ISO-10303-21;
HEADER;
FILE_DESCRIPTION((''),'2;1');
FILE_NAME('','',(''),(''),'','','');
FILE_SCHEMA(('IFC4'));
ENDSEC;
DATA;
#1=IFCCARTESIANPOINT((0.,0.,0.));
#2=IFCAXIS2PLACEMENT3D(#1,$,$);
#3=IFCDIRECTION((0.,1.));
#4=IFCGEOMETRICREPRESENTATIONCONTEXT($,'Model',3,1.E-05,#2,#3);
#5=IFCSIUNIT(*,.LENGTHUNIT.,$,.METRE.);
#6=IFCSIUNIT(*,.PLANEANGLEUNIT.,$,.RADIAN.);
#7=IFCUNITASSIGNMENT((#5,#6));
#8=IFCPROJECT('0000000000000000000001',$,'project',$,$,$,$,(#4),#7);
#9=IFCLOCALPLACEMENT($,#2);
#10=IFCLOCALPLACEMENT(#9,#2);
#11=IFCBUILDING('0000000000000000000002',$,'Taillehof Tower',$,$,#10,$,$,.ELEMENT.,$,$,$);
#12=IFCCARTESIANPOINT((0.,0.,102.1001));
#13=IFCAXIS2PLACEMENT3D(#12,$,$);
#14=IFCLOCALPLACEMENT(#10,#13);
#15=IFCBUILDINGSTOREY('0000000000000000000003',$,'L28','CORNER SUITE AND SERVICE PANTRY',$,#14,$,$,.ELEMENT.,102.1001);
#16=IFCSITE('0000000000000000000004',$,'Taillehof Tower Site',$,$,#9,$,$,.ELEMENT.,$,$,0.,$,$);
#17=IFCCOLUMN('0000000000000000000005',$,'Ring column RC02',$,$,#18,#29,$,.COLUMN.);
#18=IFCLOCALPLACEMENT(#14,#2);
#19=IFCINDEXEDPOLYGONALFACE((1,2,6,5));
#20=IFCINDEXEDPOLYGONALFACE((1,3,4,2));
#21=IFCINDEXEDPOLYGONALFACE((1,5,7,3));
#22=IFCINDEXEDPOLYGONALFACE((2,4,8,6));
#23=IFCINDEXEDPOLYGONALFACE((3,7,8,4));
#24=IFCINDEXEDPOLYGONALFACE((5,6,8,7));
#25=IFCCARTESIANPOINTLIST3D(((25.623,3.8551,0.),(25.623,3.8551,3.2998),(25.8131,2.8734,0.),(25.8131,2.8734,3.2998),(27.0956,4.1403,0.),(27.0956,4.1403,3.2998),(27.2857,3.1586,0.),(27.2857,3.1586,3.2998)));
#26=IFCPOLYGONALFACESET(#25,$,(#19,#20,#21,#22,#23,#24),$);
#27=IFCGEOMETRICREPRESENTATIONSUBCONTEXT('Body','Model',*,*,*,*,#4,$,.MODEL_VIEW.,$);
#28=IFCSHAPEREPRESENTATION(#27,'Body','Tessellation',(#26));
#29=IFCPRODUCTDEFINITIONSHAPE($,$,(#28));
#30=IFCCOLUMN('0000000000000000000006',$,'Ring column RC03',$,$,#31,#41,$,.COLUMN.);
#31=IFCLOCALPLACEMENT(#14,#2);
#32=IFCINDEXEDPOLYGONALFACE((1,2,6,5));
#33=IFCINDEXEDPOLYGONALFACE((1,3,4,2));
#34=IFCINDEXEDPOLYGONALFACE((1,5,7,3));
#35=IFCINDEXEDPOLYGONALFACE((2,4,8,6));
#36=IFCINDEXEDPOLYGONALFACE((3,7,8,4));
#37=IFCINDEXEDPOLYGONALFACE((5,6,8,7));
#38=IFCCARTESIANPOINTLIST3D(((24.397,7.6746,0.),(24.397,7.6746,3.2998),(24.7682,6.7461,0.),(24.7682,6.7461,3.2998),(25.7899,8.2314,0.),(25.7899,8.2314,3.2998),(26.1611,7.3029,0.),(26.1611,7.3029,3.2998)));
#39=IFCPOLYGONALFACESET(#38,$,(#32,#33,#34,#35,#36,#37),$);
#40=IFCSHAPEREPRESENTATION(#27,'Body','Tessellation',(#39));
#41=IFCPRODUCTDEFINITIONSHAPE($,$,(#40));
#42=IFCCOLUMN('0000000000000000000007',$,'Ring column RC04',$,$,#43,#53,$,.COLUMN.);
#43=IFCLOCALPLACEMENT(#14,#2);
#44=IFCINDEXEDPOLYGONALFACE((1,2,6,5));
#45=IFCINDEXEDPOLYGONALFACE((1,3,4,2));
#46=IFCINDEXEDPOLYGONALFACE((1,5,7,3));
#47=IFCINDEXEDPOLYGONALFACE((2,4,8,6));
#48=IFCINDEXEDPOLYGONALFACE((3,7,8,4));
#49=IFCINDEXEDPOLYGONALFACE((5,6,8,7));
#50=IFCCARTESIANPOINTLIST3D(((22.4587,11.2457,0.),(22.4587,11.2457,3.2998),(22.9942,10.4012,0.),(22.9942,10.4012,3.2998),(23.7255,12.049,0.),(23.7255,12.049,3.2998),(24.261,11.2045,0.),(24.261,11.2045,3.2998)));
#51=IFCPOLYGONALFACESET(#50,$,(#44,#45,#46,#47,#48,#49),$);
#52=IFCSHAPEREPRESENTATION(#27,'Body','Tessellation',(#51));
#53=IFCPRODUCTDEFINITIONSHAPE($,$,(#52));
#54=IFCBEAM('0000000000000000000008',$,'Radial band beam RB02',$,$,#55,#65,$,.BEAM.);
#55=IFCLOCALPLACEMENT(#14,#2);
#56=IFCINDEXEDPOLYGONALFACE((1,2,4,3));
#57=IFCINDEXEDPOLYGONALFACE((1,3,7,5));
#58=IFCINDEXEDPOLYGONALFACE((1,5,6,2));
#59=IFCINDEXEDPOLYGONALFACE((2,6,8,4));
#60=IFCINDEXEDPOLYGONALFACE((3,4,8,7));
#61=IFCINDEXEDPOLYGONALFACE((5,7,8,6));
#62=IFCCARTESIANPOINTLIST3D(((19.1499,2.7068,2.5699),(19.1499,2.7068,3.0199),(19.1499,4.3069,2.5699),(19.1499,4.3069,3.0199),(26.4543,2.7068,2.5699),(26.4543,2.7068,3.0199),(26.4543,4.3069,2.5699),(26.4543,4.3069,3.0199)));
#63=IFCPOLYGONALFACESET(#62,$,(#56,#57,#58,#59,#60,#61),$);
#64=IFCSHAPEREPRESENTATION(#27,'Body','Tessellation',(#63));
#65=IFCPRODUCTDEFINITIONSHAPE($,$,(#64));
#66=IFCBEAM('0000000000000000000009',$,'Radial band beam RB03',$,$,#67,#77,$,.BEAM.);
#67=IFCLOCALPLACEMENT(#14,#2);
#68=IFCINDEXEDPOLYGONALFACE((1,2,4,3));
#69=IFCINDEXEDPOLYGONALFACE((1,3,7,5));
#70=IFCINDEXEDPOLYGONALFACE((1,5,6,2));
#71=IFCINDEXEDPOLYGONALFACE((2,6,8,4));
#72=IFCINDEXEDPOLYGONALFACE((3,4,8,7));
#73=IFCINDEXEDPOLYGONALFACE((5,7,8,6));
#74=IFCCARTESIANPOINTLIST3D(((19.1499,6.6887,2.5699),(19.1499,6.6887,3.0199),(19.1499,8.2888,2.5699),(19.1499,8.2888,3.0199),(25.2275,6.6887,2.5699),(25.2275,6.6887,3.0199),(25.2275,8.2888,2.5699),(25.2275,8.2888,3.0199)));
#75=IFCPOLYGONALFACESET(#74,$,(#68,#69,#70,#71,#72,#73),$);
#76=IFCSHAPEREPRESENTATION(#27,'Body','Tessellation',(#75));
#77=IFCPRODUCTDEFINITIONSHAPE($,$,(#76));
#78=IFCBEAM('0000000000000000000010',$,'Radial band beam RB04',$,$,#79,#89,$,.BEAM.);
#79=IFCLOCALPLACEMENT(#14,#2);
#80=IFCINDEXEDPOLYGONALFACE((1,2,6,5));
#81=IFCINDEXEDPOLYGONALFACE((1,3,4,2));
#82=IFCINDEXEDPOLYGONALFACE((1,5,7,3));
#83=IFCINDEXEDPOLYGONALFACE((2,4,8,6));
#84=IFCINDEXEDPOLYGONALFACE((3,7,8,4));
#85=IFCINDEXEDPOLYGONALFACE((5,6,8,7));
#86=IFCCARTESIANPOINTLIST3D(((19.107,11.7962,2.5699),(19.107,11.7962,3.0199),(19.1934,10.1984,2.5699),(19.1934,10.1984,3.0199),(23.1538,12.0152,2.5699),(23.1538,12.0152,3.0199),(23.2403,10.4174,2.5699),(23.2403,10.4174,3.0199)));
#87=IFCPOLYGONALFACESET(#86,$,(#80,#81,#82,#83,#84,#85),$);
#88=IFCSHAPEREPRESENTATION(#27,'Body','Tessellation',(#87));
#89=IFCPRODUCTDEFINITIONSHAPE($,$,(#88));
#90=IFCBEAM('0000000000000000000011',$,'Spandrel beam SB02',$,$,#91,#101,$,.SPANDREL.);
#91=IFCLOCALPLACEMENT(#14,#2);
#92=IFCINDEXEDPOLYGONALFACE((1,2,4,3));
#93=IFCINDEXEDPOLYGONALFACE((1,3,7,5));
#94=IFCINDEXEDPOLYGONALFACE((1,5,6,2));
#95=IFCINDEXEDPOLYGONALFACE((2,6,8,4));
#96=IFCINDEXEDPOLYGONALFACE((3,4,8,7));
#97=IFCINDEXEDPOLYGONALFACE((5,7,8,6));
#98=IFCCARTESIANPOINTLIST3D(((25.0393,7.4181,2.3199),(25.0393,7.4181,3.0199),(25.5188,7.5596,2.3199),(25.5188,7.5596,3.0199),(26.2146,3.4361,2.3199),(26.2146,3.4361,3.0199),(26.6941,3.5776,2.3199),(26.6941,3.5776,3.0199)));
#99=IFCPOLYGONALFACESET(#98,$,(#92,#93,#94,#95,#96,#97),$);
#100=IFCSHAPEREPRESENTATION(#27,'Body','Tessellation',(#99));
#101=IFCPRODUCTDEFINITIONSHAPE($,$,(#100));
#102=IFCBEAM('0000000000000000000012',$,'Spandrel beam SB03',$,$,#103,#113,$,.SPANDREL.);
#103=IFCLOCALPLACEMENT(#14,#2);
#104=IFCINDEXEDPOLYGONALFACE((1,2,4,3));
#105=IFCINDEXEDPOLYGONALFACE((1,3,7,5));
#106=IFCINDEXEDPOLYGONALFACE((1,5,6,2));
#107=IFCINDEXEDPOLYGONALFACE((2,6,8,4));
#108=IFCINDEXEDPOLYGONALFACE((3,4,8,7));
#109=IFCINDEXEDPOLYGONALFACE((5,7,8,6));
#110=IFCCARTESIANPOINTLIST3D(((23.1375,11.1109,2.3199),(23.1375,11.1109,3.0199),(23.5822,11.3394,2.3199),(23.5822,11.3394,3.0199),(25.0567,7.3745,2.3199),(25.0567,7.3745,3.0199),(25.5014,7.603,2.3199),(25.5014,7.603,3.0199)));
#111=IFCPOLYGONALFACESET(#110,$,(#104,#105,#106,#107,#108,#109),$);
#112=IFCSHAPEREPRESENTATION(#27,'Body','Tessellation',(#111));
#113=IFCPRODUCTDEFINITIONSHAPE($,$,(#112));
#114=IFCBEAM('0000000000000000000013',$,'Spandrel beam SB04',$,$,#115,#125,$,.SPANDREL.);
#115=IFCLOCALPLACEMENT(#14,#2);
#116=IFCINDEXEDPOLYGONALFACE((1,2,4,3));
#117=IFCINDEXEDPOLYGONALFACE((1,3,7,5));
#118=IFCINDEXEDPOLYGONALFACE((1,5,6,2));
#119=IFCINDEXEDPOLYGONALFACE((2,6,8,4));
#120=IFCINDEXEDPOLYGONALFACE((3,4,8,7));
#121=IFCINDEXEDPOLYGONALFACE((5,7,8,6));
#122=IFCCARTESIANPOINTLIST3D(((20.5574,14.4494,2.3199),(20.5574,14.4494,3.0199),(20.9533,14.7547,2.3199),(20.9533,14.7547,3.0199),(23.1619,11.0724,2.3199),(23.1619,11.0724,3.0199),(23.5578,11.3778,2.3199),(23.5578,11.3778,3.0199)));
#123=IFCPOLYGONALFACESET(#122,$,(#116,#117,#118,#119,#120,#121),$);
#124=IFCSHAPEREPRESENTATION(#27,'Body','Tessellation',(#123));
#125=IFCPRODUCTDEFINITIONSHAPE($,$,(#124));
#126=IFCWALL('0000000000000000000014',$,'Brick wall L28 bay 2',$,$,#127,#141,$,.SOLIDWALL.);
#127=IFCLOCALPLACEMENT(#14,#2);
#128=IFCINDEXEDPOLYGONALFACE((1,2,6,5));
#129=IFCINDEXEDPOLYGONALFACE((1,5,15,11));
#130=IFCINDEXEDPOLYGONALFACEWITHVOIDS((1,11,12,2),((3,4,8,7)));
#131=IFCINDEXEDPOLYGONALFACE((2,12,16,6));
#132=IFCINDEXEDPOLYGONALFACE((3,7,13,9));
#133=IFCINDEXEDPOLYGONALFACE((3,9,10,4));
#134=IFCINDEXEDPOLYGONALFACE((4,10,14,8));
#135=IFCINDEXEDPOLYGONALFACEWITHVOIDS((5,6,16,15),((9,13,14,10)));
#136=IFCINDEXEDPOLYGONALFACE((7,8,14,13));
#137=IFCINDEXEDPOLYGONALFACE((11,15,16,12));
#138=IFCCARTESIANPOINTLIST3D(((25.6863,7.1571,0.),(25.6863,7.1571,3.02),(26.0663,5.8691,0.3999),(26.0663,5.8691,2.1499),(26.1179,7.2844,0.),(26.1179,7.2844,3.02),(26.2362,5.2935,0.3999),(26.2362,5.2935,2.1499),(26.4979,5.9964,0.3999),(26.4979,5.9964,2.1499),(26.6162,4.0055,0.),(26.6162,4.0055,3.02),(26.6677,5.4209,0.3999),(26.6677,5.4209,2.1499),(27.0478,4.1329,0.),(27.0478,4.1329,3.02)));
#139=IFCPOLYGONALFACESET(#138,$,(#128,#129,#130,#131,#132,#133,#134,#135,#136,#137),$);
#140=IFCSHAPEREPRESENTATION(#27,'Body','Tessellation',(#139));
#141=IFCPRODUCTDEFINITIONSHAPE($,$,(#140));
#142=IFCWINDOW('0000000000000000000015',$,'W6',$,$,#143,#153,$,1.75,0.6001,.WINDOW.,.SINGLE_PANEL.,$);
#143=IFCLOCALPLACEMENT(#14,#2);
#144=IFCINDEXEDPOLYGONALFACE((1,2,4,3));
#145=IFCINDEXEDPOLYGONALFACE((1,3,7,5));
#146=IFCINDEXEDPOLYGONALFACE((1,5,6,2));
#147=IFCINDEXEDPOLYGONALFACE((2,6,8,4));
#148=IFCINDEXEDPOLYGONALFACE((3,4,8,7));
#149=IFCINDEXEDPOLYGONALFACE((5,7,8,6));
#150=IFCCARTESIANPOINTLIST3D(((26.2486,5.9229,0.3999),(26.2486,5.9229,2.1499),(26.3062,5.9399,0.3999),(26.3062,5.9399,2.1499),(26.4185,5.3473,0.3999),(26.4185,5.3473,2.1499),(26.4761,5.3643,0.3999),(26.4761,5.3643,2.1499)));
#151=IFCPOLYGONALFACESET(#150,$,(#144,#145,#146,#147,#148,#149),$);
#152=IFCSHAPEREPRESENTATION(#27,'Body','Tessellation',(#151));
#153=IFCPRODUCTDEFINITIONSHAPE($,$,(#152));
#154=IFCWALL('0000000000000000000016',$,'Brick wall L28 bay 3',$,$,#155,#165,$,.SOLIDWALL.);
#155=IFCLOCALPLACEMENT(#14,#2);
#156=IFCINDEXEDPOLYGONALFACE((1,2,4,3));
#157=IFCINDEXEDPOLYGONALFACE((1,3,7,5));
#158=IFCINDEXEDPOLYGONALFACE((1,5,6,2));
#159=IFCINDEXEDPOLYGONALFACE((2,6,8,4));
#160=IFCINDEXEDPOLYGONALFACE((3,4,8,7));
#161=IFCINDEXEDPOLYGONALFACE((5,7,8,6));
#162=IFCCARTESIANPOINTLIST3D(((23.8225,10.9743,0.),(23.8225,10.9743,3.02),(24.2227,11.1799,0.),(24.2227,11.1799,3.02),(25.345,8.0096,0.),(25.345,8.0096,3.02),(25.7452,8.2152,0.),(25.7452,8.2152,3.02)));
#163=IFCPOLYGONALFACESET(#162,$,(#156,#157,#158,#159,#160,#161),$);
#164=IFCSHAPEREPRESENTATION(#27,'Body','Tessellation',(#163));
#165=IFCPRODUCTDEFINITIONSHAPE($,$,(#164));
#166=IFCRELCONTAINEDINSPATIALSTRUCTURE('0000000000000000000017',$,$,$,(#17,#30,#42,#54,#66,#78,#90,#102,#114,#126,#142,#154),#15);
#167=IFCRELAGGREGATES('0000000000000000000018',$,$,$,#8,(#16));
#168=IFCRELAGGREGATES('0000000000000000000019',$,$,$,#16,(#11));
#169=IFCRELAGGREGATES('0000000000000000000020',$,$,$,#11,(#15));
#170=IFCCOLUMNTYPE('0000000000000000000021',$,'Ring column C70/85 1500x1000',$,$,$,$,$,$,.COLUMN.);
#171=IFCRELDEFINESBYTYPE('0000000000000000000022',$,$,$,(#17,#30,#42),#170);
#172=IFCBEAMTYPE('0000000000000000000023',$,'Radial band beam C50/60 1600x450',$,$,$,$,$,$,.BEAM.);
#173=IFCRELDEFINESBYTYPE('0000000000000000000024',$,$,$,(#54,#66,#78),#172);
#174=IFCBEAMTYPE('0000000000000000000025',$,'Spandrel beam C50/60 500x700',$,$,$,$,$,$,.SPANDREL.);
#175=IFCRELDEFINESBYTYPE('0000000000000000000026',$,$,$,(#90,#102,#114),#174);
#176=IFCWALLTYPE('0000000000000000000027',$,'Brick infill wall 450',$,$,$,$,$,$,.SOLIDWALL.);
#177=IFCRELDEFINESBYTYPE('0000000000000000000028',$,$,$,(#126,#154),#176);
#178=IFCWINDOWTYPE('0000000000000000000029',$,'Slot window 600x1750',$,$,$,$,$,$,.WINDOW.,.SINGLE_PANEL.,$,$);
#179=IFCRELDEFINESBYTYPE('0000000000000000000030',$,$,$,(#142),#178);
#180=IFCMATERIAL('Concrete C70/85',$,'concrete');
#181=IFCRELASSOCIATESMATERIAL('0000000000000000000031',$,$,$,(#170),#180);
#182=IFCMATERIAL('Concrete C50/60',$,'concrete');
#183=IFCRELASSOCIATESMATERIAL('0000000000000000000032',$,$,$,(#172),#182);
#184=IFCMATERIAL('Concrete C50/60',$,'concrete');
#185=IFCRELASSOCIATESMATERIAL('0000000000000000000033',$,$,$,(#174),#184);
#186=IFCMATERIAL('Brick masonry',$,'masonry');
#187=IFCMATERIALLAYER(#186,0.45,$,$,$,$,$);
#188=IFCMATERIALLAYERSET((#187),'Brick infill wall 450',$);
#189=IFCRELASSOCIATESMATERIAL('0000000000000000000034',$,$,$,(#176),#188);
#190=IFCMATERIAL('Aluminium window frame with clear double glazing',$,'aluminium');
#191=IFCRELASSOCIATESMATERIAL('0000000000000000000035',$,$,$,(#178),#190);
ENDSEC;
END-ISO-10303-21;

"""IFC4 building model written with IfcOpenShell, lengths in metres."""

from ifc_helpers import new_model, si_unit, direction, frame, frame_2d, origin, origin_2d, place, context, subcontext, project, spatial, rectangle, extrude, material, layer, layer_set, material_profile, profile_set, type_object, element, fill, save


model = new_model("IFC4")

# Units and contexts
model_context = context("Model", 3, precision=1e-05, world=origin(), true_north=direction((0.0, 1.0)))
body_context = subcontext(model_context, "Body", "Model", "MODEL_VIEW")
ifc_project = project(units=[si_unit("LENGTHUNIT", "METRE"), si_unit("PLANEANGLEUNIT", "RADIAN")], contexts=[model_context])

# Site, building, storey
site_placement = place(None, origin())
site = spatial("IfcSite", under=ifc_project, at=site_placement, Name="Taillehof Tower Site", CompositionType="ELEMENT", RefElevation=0.0)
building_placement = place(site_placement, origin())
building = spatial("IfcBuilding", under=site, at=building_placement, Name="Taillehof Tower", CompositionType="ELEMENT")
storey_placement = place(building_placement, frame((0.0, 0.0, 102.1001)))
storey = spatial("IfcBuildingStorey", under=building, at=storey_placement, Name="L28", Description="CORNER SUITE AND SERVICE PANTRY", CompositionType="ELEMENT", Elevation=102.1001)

# Columns
ifc_material_1 = material(Name="Concrete C70/85", Category="concrete")
ifc_material_profile_1 = material_profile(ifc_material_1, rectangle(XDim=1.5, YDim=1.0, at=origin_2d()), Name="RC 1500x1000")
ifc_profile_set_1 = profile_set([ifc_material_profile_1], Name="Concrete C70/85")
column_type = type_object("IfcColumnType", Name="Ring column C70/85 1500x1000", PredefinedType="COLUMN", material=ifc_profile_set_1)
for number, where, z_axis, x_axis, name in (
    (1, (26.4543, 3.5068, 0.0), (0.0, 0.0, 1.0), (0.981757, 0.190138, 0.0), "Ring column RC02"),
    (2, (25.2791, 7.4888, 0.0), (0.0, 0.0, 1.0), (0.92855, 0.371207, 0.0), "Ring column RC03"),
    (3, (23.3599, 11.2251, 0.0), (0.0, 0.0, 1.0), (0.844511, 0.535537, 0.0), "Ring column RC04"),
):
    element("IfcColumn", number, at=place(storey_placement, frame(where, z_axis=z_axis, x_axis=x_axis)), inside=storey, type_object=column_type, Name=name, PredefinedType="COLUMN", context=body_context, shape_type="SweptSolid", body=[
        extrude(rectangle(XDim=1.5, YDim=1.0, at=origin_2d()), origin(), (0.0, 0.0, 1.0), 3.2998),
    ])

# Beams
ifc_material_2 = material(Name="Concrete C50/60", Category="concrete")
ifc_material_profile_2 = material_profile(ifc_material_2, rectangle(XDim=1.6001, YDim=0.45, at=origin_2d()), Name="RC 1600x450")
ifc_profile_set_2 = profile_set([ifc_material_profile_2], Name="Concrete C50/60")
beam_type_1 = type_object("IfcBeamType", Name="Radial band beam C50/60 1600x450", PredefinedType="BEAM", material=ifc_profile_set_2)
beam_1_placement = place(storey_placement, frame((26.4543, 3.5068, 2.7949), z_axis=(-1.0, 0.0, 0.0), x_axis=(0.0, -1.0, 0.0)))
element("IfcBeam", 4, at=beam_1_placement, inside=storey, type_object=beam_type_1, Name="Radial band beam RB02", PredefinedType="BEAM", context=body_context, shape_type="SweptSolid", body=[
    extrude(rectangle(XDim=1.6001, YDim=0.45, at=origin_2d()), origin(), (0.0, 0.0, 1.0), 7.3044),
])
beam_2_placement = place(storey_placement, frame((25.2275, 7.4888, 2.7949), z_axis=(-1.0, 0.0, 0.0), x_axis=(0.0, -1.0, 0.0)))
element("IfcBeam", 5, at=beam_2_placement, inside=storey, type_object=beam_type_1, Name="Radial band beam RB03", PredefinedType="BEAM", context=body_context, shape_type="SweptSolid", body=[
    extrude(rectangle(XDim=1.6001, YDim=0.45, at=origin_2d()), origin(), (0.0, 0.0, 1.0), 6.0776),
])
beam_3_placement = place(storey_placement, frame((23.197, 11.2163, 2.7949), z_axis=(-0.998539, -0.054035, 0.0), x_axis=(0.054035, -0.998539, 0.0)))
element("IfcBeam", 6, at=beam_3_placement, inside=storey, type_object=beam_type_1, Name="Radial band beam RB04", PredefinedType="BEAM", context=body_context, shape_type="SweptSolid", body=[
    extrude(rectangle(XDim=1.6001, YDim=0.45, at=origin_2d()), origin(), (0.0, 0.0, 1.0), 4.0527),
])
ifc_material_3 = material(Name="Concrete C50/60", Category="concrete")
ifc_material_profile_3 = material_profile(ifc_material_3, rectangle(XDim=0.5, YDim=0.7, at=origin_2d()), Name="RC 500x700")
ifc_profile_set_3 = profile_set([ifc_material_profile_3], Name="Concrete C50/60")
beam_type_2 = type_object("IfcBeamType", Name="Spandrel beam C50/60 500x700", PredefinedType="SPANDREL", material=ifc_profile_set_3)
beam_4_placement = place(storey_placement, frame((26.4543, 3.5068, 2.6699), z_axis=(-0.283083, 0.959095, 0.0), x_axis=(-0.959095, -0.283083, 0.0)))
element("IfcBeam", 7, at=beam_4_placement, inside=storey, type_object=beam_type_2, Name="Spandrel beam SB02", PredefinedType="SPANDREL", context=body_context, shape_type="SweptSolid", body=[
    extrude(rectangle(XDim=0.5, YDim=0.7, at=origin_2d()), origin(), (0.0, 0.0, 1.0), 4.1519),
])
beam_5_placement = place(storey_placement, frame((25.2791, 7.4888, 2.6699), z_axis=(-0.456905, 0.889515, 0.0), x_axis=(-0.889515, -0.456905, 0.0)))
element("IfcBeam", 8, at=beam_5_placement, inside=storey, type_object=beam_type_2, Name="Spandrel beam SB03", PredefinedType="SPANDREL", context=body_context, shape_type="SweptSolid", body=[
    extrude(rectangle(XDim=0.5, YDim=0.7, at=origin_2d()), origin(), (0.0, 0.0, 1.0), 4.2004),
])
beam_6_placement = place(storey_placement, frame((23.3599, 11.2251, 2.6699), z_axis=(-0.610717, 0.791849, 0.0), x_axis=(-0.791849, -0.610717, 0.0)))
element("IfcBeam", 9, at=beam_6_placement, inside=storey, type_object=beam_type_2, Name="Spandrel beam SB04", PredefinedType="SPANDREL", context=body_context, shape_type="SweptSolid", body=[
    extrude(rectangle(XDim=0.5, YDim=0.7, at=origin_2d()), origin(), (0.0, 0.0, 1.0), 4.2646),
])

# Wall, opening, window
ifc_material_4 = material(Name="Brick masonry", Category="masonry")
ifc_layer_1 = layer(ifc_material_4, 0.45)
ifc_layer_set_1 = layer_set([ifc_layer_1], Name="Brick infill wall 450")
wall_type_1 = type_object("IfcWallType", Name="Brick infill wall 450", PredefinedType="SOLIDWALL", material=ifc_layer_set_1)
wall_1_placement = place(storey_placement, frame((26.832, 4.0691, 0.0), z_axis=(0.0, 0.0, 1.0), x_axis=(-0.283003, 0.959119, 0.0)))
wall_1 = element("IfcWall", 10, at=wall_1_placement, inside=storey, type_object=wall_type_1, Name="Brick wall L28 bay 2", PredefinedType="SOLIDWALL", context=body_context, shape_type="SweptSolid", body=[
    extrude(rectangle(XDim=3.2859, YDim=0.45, at=frame_2d((1.6431, 0.0))), origin(), (0.0, 0.0, 1.0), 3.02),
])
opening_1_placement = place(wall_1_placement, frame((1.343, 0.0, 0.3999)))
opening_1 = element("IfcOpeningElement", 11, at=opening_1_placement, cuts=wall_1, PredefinedType="OPENING", context=body_context, shape_type="SweptSolid", body=[
    extrude(rectangle(XDim=0.6001, YDim=1.75, at=frame_2d((0.3, 0.875))), frame((0.0, 0.2349, 0.0), z_axis=(0.0, -1.0, 0.0), x_axis=(1.0, 0.0, 0.0)), (0.0, 0.0, 1.0), 0.47),
])
ifc_material_5 = material(Name="Aluminium window frame with clear double glazing", Category="aluminium")
window_type = type_object("IfcWindowType", Name="Slot window 600x1750", PartitioningType="SINGLE_PANEL", PredefinedType="WINDOW", material=ifc_material_5)
window_1_placement = place(opening_1_placement, origin())
window_1 = element("IfcWindow", 12, at=window_1_placement, inside=storey, type_object=window_type, Name="W6", OverallHeight=1.75, OverallWidth=0.6001, PartitioningType="SINGLE_PANEL", PredefinedType="WINDOW", context=body_context, shape_type="SweptSolid", body=[
    extrude(rectangle(XDim=0.6001, YDim=1.75, at=frame_2d((0.3, 0.875))), frame((0.0, 0.0349, 0.0), z_axis=(0.0, -1.0, 0.0), x_axis=(1.0, 0.0, 0.0)), (0.0, 0.0, 1.0), 0.0601),
])
fill(opening_1, window_1)

# Wall
wall_2_placement = place(storey_placement, frame((25.5452, 8.1123, 0.0), z_axis=(0.0, 0.0, 1.0), x_axis=(-0.456828, 0.889555, 0.0)))
element("IfcWall", 13, at=wall_2_placement, inside=storey, type_object=wall_type_1, Name="Brick wall L28 bay 3", PredefinedType="SOLIDWALL", context=body_context, shape_type="SweptSolid", body=[
    extrude(rectangle(XDim=3.3328, YDim=0.45, at=frame_2d((1.6665, 0.0))), origin(), (0.0, 0.0, 1.0), 3.02),
])

save(model, "model.ifc")
